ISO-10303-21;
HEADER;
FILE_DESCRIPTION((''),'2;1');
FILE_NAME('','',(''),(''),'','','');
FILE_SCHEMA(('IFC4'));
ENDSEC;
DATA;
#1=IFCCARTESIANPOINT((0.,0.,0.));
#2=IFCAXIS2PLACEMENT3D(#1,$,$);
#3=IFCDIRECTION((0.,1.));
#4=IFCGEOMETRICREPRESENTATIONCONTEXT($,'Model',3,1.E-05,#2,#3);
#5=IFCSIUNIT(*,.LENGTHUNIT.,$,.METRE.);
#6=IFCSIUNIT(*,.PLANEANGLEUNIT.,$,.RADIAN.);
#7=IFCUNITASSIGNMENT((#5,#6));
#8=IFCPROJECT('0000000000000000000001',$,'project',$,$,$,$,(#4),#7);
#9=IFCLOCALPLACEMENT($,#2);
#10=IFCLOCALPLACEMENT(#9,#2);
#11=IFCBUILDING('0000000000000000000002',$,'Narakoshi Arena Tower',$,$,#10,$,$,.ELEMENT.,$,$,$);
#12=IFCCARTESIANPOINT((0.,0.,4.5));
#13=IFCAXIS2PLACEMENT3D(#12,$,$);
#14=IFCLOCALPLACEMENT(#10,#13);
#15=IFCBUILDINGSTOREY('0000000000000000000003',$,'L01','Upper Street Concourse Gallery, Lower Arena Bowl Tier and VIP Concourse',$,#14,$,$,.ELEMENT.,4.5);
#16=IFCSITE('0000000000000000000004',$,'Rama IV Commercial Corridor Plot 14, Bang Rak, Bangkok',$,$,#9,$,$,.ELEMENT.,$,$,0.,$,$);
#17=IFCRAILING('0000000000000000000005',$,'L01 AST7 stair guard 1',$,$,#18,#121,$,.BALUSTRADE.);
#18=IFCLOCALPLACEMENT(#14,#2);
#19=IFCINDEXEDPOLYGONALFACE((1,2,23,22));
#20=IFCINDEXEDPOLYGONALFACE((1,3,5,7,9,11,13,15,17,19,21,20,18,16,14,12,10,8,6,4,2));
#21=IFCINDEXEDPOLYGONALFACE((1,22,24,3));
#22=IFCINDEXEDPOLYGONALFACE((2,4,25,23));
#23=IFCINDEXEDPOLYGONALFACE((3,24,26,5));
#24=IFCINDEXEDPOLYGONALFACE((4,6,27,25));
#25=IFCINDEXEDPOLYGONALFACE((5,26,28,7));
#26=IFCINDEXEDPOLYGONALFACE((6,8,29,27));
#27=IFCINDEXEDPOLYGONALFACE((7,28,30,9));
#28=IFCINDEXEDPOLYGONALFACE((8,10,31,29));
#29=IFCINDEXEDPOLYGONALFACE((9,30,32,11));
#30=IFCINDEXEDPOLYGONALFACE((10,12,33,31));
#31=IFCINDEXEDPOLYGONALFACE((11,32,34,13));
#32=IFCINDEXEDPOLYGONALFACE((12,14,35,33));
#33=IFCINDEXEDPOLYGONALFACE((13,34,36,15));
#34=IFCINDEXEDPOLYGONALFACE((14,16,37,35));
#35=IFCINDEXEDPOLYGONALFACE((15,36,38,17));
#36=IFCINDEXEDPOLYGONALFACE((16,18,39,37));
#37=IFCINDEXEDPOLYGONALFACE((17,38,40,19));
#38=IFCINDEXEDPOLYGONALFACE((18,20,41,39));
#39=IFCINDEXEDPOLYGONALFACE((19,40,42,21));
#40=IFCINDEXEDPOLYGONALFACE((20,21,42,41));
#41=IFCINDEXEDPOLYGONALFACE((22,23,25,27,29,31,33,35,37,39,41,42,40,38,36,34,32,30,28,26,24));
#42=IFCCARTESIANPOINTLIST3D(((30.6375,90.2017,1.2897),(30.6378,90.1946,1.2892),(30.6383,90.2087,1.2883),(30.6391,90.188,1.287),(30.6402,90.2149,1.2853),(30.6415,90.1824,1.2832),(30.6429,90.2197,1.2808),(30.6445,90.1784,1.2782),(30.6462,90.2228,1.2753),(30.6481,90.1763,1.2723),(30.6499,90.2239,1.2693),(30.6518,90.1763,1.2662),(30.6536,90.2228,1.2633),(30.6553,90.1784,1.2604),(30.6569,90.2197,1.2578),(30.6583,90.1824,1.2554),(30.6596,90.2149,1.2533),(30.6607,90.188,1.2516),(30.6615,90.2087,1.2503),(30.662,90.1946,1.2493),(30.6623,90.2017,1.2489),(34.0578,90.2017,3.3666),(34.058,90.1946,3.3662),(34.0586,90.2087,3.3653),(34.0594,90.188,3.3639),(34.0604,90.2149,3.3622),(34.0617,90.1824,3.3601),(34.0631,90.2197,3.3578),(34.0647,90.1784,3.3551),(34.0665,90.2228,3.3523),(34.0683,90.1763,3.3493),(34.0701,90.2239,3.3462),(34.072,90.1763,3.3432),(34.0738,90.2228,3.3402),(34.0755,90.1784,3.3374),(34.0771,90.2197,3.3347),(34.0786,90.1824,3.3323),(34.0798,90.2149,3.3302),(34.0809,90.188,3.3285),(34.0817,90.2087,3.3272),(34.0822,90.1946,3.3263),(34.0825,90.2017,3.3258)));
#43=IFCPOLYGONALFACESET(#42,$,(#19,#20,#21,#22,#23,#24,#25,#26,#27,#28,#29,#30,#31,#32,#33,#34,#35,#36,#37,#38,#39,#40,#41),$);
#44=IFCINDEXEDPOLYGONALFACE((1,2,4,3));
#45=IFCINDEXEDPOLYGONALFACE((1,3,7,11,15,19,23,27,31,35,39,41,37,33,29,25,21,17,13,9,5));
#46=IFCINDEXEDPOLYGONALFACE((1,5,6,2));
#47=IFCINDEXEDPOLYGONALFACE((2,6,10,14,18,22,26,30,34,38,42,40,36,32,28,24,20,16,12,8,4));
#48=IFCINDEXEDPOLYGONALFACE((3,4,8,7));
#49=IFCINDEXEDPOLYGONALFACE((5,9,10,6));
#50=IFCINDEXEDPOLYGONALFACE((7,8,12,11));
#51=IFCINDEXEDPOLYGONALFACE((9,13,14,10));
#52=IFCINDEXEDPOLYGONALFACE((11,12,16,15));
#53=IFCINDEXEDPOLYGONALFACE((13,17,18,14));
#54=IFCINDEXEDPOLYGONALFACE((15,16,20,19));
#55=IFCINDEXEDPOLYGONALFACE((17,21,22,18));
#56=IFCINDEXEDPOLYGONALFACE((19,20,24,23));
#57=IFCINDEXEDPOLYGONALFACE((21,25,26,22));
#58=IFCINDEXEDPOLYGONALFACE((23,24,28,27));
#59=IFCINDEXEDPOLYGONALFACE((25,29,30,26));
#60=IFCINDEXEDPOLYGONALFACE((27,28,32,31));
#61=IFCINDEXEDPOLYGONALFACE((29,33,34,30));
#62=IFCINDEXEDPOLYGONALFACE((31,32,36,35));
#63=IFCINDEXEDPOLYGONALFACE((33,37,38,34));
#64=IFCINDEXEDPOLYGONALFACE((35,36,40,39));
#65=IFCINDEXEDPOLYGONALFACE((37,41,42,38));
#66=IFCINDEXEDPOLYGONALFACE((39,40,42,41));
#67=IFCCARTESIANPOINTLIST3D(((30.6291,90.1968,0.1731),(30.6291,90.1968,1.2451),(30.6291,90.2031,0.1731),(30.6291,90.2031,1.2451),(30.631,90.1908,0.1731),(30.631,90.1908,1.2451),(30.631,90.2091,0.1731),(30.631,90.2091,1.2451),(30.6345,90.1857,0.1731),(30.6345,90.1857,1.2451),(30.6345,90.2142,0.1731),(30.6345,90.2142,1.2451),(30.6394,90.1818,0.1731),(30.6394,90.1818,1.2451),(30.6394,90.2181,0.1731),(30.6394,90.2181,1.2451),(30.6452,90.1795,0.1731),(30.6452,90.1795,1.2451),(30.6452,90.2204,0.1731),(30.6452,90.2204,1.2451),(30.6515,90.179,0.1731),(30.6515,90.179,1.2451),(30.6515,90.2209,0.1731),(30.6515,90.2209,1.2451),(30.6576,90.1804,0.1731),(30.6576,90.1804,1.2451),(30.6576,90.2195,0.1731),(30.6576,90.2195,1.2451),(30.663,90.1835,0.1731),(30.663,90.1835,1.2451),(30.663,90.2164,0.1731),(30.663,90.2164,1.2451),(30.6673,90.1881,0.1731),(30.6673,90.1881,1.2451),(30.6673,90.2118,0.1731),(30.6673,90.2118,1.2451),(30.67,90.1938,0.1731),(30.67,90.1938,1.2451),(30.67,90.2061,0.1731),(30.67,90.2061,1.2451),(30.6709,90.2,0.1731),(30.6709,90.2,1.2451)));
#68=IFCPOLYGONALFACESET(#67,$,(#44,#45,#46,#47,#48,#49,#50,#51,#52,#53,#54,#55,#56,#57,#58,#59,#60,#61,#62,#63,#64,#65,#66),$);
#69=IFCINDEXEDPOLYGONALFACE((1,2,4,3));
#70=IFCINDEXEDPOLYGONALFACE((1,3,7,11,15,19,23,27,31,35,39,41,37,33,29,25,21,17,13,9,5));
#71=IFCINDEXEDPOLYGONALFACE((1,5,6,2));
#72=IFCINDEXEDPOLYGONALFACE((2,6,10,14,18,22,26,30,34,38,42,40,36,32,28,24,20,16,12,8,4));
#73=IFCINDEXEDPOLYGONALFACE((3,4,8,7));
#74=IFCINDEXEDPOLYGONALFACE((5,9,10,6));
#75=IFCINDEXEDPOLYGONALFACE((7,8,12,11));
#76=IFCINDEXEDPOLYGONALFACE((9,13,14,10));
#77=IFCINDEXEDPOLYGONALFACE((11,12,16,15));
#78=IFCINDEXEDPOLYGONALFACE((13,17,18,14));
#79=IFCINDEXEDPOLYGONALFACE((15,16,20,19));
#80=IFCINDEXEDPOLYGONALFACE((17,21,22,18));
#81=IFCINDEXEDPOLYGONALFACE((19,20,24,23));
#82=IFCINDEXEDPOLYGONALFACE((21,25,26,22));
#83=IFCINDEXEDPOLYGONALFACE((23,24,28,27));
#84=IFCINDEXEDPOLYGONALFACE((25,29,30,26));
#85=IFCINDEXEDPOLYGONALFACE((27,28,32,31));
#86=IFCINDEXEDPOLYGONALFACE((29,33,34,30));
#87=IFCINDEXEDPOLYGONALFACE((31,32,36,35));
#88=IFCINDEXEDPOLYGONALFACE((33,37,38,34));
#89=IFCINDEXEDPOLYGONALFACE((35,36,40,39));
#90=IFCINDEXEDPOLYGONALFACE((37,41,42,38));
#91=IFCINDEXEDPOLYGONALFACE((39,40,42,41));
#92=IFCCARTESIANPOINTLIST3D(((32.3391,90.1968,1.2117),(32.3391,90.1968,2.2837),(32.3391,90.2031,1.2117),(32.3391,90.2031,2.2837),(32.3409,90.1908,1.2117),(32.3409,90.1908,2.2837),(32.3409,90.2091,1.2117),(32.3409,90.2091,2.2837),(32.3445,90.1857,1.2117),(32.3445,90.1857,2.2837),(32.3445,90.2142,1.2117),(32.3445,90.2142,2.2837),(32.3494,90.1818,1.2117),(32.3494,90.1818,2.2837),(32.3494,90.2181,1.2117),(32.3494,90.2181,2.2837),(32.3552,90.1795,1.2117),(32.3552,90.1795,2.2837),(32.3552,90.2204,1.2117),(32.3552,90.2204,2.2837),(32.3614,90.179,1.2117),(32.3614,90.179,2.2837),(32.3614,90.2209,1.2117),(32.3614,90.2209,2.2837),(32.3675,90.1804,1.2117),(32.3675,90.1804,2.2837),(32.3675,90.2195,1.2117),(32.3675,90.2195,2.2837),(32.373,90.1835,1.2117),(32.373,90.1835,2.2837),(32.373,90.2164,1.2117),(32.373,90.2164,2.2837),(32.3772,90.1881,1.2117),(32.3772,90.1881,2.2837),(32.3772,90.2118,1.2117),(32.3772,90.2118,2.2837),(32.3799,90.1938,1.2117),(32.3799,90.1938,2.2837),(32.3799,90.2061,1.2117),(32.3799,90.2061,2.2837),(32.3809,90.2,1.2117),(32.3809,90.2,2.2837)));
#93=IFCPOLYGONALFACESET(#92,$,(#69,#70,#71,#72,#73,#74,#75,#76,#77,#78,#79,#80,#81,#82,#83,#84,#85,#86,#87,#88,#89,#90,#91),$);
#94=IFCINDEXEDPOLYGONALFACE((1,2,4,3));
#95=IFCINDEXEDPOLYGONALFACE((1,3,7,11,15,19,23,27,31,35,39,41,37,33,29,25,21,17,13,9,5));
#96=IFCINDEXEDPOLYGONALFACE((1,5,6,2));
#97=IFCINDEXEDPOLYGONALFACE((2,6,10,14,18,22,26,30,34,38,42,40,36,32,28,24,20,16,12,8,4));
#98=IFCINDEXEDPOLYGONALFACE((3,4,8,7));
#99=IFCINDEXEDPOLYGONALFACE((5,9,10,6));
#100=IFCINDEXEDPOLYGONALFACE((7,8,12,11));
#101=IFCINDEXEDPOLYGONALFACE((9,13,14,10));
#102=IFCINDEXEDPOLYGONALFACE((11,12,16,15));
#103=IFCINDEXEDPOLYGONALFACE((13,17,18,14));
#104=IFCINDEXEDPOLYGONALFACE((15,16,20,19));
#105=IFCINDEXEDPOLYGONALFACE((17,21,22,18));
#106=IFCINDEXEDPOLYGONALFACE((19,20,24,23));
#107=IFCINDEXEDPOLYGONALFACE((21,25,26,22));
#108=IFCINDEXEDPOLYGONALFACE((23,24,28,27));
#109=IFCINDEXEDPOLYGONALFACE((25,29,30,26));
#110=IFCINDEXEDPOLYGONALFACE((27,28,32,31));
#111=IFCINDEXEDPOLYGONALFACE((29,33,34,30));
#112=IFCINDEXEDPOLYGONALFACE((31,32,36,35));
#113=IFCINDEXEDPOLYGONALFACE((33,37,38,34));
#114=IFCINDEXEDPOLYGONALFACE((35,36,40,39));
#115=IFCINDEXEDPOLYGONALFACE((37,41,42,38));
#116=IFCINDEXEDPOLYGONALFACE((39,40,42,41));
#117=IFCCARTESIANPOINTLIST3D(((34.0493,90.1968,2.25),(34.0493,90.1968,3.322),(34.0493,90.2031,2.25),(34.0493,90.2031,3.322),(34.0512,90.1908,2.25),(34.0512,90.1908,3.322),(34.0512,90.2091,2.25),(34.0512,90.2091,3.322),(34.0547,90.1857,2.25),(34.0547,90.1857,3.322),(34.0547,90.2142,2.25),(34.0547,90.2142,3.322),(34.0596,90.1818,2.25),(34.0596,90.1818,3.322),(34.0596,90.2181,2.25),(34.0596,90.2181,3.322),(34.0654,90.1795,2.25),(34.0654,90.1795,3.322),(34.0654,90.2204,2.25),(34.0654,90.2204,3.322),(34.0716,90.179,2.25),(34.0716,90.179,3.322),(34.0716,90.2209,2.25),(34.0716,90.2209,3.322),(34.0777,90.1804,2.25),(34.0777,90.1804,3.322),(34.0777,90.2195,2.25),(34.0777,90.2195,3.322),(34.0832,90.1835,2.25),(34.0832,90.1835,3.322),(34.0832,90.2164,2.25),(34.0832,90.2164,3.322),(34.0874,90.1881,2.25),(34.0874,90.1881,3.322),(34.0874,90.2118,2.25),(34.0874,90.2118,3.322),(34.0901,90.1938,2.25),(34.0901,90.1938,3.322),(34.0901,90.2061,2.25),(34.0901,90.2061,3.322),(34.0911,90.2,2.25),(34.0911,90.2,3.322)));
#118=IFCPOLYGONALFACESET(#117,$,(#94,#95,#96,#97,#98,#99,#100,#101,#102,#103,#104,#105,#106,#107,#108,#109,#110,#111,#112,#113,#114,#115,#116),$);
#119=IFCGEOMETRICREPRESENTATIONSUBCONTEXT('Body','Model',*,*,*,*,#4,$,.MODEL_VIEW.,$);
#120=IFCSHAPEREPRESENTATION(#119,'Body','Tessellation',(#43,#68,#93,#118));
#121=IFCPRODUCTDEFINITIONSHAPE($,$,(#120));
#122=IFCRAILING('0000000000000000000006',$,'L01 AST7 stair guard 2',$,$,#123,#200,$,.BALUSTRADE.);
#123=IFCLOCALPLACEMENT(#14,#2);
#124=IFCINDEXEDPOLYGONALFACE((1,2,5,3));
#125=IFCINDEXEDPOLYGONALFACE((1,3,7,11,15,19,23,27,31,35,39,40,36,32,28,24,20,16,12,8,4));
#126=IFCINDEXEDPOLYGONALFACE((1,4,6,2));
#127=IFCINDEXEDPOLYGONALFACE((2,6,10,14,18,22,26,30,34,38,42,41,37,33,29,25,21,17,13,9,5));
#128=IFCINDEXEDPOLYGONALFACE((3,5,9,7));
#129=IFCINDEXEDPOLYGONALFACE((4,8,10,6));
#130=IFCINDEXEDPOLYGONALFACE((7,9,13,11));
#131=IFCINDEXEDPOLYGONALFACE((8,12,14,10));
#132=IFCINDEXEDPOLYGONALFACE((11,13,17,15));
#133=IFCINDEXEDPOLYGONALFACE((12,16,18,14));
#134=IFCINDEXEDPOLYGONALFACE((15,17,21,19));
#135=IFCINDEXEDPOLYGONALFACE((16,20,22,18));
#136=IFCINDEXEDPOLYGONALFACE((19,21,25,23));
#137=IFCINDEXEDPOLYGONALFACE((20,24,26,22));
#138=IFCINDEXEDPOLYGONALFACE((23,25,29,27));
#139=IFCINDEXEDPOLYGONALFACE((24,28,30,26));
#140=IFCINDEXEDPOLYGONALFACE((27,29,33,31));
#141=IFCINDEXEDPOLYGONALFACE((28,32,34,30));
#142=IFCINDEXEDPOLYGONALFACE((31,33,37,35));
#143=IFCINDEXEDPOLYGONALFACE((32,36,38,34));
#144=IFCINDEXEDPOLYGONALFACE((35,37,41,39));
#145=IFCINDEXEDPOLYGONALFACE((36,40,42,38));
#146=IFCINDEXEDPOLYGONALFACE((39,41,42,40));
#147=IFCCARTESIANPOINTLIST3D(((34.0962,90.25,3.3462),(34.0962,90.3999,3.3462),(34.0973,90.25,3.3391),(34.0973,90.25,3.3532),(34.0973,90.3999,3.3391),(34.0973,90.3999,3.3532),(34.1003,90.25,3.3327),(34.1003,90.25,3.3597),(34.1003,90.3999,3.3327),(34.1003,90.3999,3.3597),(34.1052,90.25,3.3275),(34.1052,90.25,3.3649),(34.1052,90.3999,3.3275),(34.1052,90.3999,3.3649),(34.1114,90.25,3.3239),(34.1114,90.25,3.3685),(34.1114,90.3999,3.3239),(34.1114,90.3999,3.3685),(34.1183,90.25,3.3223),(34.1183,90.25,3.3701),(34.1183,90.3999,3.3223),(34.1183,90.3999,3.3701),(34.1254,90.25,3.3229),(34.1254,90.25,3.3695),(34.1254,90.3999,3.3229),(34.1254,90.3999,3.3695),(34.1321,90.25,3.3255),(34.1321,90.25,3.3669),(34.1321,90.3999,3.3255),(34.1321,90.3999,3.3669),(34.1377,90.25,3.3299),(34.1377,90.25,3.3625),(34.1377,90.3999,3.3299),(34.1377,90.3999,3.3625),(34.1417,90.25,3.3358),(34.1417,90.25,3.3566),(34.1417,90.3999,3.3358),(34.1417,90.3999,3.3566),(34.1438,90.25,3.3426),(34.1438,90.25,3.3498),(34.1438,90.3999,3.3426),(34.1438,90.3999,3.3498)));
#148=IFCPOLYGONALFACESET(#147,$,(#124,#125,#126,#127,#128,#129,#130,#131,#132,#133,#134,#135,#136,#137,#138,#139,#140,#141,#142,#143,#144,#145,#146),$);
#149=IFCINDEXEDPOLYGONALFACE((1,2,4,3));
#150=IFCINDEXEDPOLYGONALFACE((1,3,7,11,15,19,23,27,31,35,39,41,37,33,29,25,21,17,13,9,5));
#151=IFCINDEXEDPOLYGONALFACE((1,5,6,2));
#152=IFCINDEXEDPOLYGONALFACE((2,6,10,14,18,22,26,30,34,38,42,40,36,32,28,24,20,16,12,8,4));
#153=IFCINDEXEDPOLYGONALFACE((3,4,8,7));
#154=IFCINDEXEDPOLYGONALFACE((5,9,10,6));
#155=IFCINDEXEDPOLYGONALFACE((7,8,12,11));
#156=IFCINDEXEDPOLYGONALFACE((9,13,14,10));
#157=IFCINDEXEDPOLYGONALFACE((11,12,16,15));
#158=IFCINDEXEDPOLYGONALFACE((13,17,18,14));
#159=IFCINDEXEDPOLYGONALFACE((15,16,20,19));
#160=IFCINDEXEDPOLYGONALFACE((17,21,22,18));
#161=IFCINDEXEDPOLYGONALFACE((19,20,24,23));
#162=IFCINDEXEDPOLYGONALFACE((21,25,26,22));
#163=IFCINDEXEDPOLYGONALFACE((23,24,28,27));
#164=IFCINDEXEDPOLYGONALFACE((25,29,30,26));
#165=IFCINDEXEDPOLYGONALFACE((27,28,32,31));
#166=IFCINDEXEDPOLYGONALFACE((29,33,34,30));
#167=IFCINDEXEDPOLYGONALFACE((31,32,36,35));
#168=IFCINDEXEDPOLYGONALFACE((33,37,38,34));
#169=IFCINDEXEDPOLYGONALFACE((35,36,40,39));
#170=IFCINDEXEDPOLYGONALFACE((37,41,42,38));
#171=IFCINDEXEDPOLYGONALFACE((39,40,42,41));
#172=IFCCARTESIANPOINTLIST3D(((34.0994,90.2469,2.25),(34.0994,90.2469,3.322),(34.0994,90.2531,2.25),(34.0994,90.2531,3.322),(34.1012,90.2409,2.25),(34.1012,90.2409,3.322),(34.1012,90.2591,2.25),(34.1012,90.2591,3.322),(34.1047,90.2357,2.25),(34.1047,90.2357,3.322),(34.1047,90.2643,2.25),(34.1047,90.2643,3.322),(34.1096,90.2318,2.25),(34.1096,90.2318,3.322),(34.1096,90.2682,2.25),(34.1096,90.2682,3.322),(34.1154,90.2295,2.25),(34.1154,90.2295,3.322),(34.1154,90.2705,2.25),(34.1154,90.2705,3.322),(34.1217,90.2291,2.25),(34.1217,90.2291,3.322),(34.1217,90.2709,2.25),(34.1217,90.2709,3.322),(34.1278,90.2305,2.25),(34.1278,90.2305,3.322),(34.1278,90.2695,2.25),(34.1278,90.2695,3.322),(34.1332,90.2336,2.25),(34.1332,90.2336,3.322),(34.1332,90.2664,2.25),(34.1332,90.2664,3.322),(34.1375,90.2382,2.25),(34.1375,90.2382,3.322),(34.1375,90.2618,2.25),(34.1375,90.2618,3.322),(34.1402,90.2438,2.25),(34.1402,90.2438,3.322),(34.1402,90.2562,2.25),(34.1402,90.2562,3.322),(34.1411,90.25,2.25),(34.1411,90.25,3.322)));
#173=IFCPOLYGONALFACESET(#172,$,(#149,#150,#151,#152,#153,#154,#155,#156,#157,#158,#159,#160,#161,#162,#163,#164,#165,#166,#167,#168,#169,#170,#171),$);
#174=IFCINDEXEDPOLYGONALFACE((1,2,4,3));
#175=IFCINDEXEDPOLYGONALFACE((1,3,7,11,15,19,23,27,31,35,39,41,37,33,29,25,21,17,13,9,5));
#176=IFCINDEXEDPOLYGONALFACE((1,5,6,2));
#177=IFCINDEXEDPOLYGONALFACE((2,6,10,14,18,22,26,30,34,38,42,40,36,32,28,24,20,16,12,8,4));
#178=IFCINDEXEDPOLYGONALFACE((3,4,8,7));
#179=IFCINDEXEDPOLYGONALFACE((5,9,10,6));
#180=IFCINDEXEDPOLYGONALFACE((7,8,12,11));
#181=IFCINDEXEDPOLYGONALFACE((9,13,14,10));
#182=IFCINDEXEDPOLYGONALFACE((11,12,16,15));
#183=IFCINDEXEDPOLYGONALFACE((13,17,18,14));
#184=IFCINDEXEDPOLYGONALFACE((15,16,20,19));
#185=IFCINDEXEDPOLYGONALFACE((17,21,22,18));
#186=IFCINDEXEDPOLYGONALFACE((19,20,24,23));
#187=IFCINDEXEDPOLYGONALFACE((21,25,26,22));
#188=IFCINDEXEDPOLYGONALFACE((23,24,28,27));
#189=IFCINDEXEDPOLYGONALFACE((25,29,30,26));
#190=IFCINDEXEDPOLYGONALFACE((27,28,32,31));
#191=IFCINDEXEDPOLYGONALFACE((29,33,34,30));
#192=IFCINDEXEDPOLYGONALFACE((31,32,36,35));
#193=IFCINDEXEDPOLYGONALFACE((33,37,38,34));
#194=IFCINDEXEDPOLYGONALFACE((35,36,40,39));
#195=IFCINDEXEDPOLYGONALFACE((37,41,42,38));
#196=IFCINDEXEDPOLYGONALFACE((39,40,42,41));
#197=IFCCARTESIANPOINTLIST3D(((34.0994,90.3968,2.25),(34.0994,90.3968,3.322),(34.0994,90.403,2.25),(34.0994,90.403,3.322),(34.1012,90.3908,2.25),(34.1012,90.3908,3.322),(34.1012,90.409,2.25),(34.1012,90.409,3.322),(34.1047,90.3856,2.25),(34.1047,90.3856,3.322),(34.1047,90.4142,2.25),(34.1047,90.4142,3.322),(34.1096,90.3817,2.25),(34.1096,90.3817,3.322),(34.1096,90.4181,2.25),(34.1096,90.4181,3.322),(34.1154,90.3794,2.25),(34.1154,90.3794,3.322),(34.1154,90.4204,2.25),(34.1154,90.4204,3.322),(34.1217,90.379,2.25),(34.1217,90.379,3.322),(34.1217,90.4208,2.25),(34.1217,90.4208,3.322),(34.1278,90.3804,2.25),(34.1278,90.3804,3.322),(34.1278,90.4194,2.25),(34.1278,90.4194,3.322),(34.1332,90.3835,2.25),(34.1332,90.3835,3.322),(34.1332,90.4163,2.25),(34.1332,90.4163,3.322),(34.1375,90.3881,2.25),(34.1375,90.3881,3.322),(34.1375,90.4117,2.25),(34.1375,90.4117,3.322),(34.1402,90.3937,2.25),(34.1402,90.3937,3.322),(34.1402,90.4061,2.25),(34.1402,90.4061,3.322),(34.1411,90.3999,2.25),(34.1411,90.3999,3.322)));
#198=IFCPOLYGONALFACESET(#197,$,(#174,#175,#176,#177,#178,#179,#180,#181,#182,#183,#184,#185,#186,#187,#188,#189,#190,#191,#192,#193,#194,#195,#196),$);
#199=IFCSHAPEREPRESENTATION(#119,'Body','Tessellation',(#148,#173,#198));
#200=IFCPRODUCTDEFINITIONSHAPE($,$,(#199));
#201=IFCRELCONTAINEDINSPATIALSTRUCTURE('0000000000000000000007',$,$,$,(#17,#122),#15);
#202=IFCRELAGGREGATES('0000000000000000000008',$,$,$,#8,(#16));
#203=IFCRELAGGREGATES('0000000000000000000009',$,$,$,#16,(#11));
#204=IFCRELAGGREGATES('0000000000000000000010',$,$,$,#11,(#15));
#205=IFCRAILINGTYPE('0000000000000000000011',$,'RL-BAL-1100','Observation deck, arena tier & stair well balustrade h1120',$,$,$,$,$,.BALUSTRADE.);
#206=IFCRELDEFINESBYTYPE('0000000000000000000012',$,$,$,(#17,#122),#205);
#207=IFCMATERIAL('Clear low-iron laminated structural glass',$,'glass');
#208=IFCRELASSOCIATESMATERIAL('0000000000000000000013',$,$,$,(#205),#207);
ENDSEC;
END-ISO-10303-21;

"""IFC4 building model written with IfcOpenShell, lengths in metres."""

from ifc_helpers import new_model, si_unit, direction, frame, origin, origin_2d, place, context, subcontext, project, spatial, circle, extrude, material, type_object, element, save


model = new_model("IFC4")

# Units and contexts
model_context = context("Model", 3, precision=1e-05, world=origin(), true_north=direction((0.0, 1.0)))
body_context = subcontext(model_context, "Body", "Model", "MODEL_VIEW")
ifc_project = project(units=[si_unit("LENGTHUNIT", "METRE"), si_unit("PLANEANGLEUNIT", "RADIAN")], contexts=[model_context])

# Site, building, storey
site_placement = place(None, origin())
site = spatial("IfcSite", under=ifc_project, at=site_placement, Name="Rama IV Commercial Corridor Plot 14, Bang Rak, Bangkok", CompositionType="ELEMENT", RefElevation=0.0)
building_placement = place(site_placement, origin())
building = spatial("IfcBuilding", under=site, at=building_placement, Name="Narakoshi Arena Tower", CompositionType="ELEMENT")
storey_placement = place(building_placement, frame((0.0, 0.0, 4.5)))
storey = spatial("IfcBuildingStorey", under=building, at=storey_placement, Name="L01", Description="Upper Street Concourse Gallery, Lower Arena Bowl Tier and VIP Concourse", CompositionType="ELEMENT", Elevation=4.5)

# Railings
ifc_material_1 = material(Name="Clear low-iron laminated structural glass", Category="glass")
railing_type_1 = type_object("IfcRailingType", Name="RL-BAL-1100", Description="Observation deck, arena tier & stair well balustrade h1120", PredefinedType="BALUSTRADE", material=ifc_material_1)
railing_1_placement = place(storey_placement, frame((30.6499, 90.2, 0.1731)))
element("IfcRailing", 1, at=railing_1_placement, inside=storey, type_object=railing_type_1, Name="L01 AST7 stair guard 1", PredefinedType="BALUSTRADE", context=body_context, shape_type="SweptSolid", body=[
    extrude(circle(Radius=0.0239, at=origin_2d()), frame((0.0, 0.0, 1.0962), z_axis=(0.854746, 0.0, 0.519047), x_axis=(0.0, 1.0, 0.0)), (0.0, 0.0, 1.0), 4.0015),
    extrude(circle(Radius=0.021, at=origin_2d()), origin(), (0.0, 0.0, 1.0), 1.072),
    extrude(circle(Radius=0.021, at=origin_2d()), frame((1.71, 0.0, 1.0386)), (0.0, 0.0, 1.0), 1.072),
    extrude(circle(Radius=0.021, at=origin_2d()), frame((3.4202, 0.0, 2.0769)), (0.0, 0.0, 1.0), 1.072),
])
railing_2_placement = place(storey_placement, frame((34.1201, 90.25, 2.25)))
element("IfcRailing", 2, at=railing_2_placement, inside=storey, type_object=railing_type_1, Name="L01 AST7 stair guard 2", PredefinedType="BALUSTRADE", context=body_context, shape_type="SweptSolid", body=[
    extrude(circle(Radius=0.0239, at=origin_2d()), frame((0.0, 0.0, 1.0962), z_axis=(0.0, 1.0, 0.0), x_axis=(-1.0, 0.0, 0.0)), (0.0, 0.0, 1.0), 0.1499),
    extrude(circle(Radius=0.021, at=origin_2d()), origin(), (0.0, 0.0, 1.0), 1.072),
    extrude(circle(Radius=0.021, at=origin_2d()), frame((0.0, 0.1499, 0.0)), (0.0, 0.0, 1.0), 1.072),
])

save(model, "model.ifc")
